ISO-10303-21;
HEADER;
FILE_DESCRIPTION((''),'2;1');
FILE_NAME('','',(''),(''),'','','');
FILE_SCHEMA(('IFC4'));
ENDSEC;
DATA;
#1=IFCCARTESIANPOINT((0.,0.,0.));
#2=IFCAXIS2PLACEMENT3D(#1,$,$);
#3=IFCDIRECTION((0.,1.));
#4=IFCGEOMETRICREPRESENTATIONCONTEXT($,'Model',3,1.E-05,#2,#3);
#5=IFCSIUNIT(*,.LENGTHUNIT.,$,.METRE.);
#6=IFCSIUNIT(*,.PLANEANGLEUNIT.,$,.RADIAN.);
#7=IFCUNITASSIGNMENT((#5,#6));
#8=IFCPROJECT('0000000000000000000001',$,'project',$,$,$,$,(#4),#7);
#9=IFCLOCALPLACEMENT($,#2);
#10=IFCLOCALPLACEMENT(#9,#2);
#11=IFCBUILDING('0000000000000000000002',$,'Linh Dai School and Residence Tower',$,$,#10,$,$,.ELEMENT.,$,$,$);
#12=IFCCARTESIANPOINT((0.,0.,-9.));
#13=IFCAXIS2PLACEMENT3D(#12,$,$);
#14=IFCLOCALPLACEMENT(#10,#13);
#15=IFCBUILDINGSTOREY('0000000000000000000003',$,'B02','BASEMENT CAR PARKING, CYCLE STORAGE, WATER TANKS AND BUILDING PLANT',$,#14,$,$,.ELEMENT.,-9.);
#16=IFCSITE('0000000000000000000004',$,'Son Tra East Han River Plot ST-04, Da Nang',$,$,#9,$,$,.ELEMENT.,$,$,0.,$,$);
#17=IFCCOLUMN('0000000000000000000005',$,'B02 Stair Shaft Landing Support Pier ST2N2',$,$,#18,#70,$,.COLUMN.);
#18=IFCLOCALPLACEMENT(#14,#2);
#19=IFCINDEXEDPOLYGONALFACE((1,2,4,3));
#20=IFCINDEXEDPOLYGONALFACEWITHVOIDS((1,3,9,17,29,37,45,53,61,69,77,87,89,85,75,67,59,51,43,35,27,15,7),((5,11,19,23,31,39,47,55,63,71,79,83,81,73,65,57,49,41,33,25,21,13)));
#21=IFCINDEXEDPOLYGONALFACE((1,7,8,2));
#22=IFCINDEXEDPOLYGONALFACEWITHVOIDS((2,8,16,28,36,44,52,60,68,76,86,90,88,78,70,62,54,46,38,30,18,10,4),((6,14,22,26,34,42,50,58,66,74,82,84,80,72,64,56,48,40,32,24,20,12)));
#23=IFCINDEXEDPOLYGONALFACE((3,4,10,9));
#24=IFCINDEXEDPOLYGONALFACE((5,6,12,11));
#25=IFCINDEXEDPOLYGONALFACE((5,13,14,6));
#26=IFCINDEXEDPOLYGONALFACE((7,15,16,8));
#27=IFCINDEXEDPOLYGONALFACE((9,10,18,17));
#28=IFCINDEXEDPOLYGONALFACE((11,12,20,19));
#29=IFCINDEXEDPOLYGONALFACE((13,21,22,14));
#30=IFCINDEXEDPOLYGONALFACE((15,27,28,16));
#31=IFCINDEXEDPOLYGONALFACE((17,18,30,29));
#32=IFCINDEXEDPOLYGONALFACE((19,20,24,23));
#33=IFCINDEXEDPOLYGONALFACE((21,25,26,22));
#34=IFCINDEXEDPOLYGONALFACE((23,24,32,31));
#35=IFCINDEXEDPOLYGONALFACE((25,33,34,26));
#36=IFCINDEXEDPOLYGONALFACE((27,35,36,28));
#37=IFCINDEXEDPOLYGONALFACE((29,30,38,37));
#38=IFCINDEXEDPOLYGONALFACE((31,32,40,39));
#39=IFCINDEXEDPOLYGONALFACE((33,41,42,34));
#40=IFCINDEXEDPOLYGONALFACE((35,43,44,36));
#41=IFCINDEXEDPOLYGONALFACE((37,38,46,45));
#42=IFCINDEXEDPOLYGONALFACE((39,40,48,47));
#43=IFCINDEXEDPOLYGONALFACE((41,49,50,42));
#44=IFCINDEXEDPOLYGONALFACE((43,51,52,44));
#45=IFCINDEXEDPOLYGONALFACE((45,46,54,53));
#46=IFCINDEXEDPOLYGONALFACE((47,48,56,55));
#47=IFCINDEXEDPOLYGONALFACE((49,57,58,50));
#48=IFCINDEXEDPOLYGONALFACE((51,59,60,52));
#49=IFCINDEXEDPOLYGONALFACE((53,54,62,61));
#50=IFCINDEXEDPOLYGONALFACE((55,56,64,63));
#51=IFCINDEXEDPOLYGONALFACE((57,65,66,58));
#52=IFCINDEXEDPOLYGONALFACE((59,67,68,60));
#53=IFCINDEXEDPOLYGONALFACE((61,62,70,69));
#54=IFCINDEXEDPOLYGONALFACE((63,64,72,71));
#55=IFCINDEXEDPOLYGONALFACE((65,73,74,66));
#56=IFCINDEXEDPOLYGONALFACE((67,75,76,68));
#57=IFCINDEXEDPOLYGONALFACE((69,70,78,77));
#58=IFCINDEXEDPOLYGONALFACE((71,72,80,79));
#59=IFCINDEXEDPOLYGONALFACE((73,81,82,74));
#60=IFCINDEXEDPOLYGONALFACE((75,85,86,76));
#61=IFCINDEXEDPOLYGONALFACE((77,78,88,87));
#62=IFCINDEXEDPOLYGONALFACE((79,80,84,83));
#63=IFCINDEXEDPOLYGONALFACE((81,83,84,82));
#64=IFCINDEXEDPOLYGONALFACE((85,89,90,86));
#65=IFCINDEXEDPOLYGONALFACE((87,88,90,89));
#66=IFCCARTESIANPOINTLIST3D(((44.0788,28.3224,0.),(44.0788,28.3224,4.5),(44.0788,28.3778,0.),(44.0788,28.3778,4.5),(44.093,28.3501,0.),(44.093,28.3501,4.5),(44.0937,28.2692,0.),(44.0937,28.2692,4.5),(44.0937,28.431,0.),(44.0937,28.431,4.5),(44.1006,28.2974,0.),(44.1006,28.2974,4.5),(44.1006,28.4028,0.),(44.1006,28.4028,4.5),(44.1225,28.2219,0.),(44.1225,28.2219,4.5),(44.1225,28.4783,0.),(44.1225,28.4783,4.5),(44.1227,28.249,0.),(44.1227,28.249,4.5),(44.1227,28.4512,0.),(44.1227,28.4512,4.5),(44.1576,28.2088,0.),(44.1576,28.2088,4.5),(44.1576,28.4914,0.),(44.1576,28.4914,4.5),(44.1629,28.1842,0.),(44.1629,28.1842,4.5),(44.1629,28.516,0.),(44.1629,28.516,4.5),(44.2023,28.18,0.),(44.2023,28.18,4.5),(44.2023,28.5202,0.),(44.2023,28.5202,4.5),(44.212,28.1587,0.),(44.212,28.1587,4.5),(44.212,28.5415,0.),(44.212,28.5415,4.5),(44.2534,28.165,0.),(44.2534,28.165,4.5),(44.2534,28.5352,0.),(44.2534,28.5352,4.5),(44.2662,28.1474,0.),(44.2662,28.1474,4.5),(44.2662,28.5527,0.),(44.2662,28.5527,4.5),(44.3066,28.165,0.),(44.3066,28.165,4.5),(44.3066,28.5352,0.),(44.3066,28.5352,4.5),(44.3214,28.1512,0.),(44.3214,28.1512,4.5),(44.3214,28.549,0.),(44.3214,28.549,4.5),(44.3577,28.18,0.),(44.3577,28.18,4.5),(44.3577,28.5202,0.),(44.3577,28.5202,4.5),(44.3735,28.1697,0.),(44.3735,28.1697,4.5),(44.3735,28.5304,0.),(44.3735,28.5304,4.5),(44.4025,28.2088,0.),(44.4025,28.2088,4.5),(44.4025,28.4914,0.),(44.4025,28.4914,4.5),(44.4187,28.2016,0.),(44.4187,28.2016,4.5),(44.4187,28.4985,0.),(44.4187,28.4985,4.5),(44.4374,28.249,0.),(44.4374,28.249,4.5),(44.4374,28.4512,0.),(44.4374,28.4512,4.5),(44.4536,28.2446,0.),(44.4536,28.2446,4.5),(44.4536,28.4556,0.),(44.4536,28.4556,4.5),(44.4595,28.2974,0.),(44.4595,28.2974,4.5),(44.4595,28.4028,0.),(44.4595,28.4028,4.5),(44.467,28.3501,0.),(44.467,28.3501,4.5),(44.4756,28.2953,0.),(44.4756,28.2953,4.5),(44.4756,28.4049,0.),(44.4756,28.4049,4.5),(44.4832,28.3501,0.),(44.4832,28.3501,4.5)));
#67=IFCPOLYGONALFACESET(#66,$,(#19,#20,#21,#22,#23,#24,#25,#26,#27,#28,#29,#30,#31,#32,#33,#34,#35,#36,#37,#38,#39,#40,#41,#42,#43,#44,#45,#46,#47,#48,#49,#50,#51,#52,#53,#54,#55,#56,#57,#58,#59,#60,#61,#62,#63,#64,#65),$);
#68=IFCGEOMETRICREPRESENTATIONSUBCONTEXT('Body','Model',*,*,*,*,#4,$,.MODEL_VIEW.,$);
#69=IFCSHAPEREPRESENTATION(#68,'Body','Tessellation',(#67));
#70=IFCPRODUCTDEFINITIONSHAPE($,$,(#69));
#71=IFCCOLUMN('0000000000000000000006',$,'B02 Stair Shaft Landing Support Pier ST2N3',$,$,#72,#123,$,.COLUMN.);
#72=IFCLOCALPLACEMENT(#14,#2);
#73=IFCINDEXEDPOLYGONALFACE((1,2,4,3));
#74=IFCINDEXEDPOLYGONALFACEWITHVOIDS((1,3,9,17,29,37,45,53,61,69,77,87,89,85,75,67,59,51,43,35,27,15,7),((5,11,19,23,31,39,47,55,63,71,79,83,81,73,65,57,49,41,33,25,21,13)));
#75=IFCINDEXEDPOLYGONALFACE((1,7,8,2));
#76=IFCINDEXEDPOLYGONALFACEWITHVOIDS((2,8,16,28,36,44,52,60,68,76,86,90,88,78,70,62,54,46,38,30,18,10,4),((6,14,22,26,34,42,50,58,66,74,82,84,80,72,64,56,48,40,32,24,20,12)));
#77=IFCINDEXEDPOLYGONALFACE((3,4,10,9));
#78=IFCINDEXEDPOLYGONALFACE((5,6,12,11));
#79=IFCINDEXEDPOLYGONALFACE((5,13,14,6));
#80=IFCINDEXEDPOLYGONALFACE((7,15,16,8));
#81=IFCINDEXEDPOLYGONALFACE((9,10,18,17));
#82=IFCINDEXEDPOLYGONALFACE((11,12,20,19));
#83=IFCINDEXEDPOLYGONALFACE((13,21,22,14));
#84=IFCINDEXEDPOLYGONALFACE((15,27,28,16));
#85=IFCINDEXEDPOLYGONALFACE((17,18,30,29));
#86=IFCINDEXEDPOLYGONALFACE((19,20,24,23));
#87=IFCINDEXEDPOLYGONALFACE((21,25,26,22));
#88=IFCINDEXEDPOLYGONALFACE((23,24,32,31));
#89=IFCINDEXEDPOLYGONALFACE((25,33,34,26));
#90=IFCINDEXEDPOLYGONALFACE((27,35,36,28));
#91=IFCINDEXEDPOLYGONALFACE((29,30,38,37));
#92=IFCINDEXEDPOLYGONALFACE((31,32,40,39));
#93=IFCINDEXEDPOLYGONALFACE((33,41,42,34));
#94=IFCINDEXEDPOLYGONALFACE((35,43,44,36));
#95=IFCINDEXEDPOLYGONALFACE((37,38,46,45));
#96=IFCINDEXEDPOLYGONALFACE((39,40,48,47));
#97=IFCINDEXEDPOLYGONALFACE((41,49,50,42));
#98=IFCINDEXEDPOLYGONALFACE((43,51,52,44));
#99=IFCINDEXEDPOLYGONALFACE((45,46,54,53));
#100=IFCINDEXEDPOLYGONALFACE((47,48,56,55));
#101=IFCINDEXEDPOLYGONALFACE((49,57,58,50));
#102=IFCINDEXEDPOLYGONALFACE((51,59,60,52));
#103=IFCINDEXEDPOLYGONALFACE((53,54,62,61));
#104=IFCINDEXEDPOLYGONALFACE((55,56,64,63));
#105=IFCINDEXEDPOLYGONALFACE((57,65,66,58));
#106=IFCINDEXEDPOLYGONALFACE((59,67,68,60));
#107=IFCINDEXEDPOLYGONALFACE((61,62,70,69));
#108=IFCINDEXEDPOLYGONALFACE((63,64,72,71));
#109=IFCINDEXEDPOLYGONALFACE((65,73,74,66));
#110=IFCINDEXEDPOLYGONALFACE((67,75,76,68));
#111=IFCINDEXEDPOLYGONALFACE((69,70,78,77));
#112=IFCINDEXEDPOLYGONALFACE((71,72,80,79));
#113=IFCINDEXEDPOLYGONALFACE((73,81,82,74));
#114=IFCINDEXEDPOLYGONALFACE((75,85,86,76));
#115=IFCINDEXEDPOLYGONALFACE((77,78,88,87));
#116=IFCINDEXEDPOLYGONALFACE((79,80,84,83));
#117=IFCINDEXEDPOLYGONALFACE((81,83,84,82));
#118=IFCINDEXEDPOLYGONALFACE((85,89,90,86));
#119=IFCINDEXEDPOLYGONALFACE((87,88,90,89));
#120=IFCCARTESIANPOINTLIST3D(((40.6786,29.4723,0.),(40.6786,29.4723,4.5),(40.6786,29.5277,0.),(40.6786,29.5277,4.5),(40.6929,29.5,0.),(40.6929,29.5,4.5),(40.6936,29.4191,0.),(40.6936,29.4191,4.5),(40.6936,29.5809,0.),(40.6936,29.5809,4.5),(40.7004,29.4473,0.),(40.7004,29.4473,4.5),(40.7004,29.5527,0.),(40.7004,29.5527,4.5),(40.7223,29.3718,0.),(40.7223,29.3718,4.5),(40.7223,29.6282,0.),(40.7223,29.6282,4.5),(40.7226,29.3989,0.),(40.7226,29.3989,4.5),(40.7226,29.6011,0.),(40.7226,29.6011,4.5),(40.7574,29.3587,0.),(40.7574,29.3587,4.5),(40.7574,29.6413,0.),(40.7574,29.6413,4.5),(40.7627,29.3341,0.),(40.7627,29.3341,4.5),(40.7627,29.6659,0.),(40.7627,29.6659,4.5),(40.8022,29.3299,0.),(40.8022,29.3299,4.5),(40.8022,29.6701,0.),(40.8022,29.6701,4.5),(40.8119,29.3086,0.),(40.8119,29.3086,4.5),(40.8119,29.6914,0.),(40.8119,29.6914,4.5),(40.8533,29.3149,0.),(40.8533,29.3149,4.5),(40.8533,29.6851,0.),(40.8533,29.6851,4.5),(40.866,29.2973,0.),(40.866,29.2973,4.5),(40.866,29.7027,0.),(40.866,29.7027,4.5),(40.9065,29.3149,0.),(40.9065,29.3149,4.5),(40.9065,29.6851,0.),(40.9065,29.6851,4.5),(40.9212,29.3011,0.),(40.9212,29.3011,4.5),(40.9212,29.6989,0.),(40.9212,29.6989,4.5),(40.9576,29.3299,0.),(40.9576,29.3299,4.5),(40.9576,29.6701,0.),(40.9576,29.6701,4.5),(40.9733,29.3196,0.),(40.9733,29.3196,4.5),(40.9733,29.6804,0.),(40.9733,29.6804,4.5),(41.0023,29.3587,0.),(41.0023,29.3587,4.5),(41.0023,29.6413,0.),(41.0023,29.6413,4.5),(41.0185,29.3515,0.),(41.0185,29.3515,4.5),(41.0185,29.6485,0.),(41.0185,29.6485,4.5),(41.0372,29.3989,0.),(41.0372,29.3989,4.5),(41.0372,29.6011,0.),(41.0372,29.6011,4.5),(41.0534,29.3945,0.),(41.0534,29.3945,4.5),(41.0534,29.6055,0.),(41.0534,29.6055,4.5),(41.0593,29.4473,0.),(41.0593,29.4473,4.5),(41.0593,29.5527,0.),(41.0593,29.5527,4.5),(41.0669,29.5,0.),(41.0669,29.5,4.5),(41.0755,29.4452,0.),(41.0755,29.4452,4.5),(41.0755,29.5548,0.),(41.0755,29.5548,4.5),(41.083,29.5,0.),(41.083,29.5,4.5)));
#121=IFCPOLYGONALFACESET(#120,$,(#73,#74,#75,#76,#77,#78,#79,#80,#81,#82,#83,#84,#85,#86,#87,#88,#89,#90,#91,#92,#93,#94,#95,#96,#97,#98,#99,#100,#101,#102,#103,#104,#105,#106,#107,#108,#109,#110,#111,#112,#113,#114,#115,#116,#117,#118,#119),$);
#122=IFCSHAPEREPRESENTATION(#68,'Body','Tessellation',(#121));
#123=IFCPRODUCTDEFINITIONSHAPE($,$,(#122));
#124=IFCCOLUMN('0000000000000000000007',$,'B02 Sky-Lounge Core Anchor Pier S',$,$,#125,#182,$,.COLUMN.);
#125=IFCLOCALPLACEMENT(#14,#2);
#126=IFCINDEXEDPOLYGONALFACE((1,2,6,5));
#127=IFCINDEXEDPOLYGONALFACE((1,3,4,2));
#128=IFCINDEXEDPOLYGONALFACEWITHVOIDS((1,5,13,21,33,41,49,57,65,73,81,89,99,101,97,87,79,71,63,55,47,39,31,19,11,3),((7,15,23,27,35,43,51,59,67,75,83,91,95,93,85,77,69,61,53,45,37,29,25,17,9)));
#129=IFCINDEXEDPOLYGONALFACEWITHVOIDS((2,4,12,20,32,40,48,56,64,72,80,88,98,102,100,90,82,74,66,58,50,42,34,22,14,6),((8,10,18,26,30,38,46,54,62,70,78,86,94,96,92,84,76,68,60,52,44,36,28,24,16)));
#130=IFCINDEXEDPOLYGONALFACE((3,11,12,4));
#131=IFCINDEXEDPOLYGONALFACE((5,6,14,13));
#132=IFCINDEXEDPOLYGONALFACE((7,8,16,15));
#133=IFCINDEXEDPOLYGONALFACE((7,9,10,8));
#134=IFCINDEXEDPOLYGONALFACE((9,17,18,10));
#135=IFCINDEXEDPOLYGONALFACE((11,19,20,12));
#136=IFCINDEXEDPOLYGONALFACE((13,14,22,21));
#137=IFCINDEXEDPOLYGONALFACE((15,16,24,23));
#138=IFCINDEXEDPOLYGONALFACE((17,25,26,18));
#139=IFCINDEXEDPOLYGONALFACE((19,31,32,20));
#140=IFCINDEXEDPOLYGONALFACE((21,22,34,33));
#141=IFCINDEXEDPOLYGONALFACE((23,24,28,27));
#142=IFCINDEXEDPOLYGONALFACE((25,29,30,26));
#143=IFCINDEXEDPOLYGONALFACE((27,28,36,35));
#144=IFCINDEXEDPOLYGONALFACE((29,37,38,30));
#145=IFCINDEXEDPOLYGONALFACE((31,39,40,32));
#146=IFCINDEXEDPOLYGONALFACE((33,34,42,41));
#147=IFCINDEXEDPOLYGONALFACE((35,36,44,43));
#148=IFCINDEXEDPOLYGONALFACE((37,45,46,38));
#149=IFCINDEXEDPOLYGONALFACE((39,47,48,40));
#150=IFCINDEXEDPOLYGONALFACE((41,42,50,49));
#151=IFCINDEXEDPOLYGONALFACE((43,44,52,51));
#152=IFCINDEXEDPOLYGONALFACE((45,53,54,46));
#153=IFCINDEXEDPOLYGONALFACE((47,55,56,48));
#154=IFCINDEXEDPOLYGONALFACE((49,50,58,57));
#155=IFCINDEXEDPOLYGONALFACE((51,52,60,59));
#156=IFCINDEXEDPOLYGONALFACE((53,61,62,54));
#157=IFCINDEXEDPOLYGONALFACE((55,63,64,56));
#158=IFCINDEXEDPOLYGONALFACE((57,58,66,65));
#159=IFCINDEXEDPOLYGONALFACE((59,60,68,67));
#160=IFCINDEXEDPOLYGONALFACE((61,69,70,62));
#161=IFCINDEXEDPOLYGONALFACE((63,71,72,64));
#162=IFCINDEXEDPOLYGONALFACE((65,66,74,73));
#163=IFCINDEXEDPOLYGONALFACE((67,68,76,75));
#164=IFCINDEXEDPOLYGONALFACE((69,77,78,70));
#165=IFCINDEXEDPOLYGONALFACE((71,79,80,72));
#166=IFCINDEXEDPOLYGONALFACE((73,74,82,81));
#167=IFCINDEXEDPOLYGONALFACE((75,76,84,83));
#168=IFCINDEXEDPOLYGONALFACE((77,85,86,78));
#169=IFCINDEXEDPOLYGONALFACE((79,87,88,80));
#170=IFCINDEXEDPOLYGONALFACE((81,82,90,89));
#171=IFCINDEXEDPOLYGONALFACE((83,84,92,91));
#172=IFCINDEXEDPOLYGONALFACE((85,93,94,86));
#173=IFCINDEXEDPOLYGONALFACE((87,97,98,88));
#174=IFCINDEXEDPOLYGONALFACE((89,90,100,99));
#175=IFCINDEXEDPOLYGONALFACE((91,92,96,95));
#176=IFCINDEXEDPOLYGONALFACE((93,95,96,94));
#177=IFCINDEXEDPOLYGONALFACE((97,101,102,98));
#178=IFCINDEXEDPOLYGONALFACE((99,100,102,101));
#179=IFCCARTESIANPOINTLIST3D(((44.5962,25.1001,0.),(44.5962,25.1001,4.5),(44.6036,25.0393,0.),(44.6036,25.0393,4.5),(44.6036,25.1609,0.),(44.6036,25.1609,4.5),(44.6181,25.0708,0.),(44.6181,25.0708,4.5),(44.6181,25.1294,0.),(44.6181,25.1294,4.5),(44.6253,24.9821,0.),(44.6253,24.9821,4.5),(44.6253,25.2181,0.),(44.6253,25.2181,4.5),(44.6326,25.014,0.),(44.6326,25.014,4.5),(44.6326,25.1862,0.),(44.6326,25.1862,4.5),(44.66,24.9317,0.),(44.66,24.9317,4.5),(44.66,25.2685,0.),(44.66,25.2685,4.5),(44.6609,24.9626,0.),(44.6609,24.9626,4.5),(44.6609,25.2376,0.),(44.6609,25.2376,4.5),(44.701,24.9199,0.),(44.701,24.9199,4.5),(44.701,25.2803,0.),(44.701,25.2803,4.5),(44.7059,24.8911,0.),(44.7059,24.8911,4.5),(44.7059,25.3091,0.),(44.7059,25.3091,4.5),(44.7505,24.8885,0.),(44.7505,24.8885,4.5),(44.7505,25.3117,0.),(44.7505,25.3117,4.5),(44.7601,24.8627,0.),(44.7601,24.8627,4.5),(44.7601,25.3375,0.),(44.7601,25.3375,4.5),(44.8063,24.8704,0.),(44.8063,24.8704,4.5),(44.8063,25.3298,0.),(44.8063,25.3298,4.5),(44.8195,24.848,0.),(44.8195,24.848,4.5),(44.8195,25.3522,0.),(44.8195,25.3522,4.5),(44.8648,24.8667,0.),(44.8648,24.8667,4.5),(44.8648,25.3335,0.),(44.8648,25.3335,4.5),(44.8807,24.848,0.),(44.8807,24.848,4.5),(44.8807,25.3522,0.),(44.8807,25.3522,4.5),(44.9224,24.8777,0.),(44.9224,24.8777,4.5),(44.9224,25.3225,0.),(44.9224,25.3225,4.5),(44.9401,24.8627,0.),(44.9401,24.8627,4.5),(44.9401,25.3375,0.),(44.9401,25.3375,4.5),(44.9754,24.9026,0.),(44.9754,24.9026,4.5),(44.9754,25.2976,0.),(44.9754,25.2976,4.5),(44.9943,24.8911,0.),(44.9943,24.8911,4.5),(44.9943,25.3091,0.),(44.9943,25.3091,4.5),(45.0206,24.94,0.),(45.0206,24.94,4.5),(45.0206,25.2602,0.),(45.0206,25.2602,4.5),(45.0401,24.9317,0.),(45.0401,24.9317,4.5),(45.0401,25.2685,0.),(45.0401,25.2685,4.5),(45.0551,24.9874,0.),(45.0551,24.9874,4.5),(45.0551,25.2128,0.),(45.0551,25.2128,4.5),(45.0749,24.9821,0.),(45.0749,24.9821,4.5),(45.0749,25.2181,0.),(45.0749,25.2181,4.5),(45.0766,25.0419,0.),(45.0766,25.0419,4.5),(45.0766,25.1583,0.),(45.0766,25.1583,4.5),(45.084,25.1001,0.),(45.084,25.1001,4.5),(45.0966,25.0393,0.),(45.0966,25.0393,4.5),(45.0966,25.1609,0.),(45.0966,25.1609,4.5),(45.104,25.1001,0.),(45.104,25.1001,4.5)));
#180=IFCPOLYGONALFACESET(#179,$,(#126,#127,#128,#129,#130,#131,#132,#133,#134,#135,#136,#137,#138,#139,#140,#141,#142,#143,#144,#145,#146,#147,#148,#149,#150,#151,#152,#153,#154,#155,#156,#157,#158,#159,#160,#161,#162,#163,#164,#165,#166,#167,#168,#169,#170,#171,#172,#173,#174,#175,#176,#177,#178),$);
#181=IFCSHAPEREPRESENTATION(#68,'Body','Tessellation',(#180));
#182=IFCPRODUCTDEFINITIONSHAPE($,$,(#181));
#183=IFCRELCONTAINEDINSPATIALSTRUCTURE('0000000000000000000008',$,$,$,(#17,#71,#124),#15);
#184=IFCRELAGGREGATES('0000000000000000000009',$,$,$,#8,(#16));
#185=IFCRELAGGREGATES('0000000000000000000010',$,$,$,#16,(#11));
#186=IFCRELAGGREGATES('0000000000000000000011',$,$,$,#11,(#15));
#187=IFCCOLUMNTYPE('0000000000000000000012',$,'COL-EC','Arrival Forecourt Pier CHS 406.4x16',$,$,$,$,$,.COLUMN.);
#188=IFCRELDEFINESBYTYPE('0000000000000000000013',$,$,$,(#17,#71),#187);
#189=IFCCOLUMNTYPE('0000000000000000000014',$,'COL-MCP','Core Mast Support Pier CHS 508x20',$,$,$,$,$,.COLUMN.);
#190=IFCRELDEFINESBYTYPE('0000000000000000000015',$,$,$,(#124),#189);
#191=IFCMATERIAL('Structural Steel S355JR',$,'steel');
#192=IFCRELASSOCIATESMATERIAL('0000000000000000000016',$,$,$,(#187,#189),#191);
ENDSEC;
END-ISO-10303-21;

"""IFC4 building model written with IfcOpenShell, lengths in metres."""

from ifc_helpers import new_model, si_unit, direction, frame, origin, origin_2d, place, context, subcontext, project, spatial, hollow_circle, extrude, material, material_profile, profile_set, type_object, element, save


model = new_model("IFC4")

# Units and contexts
model_context = context("Model", 3, precision=1e-05, world=origin(), true_north=direction((0.0, 1.0)))
body_context = subcontext(model_context, "Body", "Model", "MODEL_VIEW")
ifc_project = project(units=[si_unit("LENGTHUNIT", "METRE"), si_unit("PLANEANGLEUNIT", "RADIAN")], contexts=[model_context])

# Site, building, storey
site_placement = place(None, origin())
site = spatial("IfcSite", under=ifc_project, at=site_placement, Name="Son Tra East Han River Plot ST-04, Da Nang", CompositionType="ELEMENT", RefElevation=0.0)
building_placement = place(site_placement, origin())
building = spatial("IfcBuilding", under=site, at=building_placement, Name="Linh Dai School and Residence Tower", CompositionType="ELEMENT")
storey_placement = place(building_placement, frame((0.0, 0.0, -9.0)))
storey = spatial("IfcBuildingStorey", under=building, at=storey_placement, Name="B02", Description="BASEMENT CAR PARKING, CYCLE STORAGE, WATER TANKS AND BUILDING PLANT", CompositionType="ELEMENT", Elevation=-9.0)

# Columns
ifc_material_1 = material(Name="Structural Steel S355JR", Category="steel")
ifc_material_profile_1 = material_profile(ifc_material_1, hollow_circle(Radius=0.2031, WallThickness=0.0161, at=origin_2d()), Name="CHS 406.4x16")
ifc_profile_set_1 = profile_set([ifc_material_profile_1], Name="Structural Steel S355JR")
column_type_1 = type_object("IfcColumnType", Name="COL-EC", Description="Arrival Forecourt Pier CHS 406.4x16", PredefinedType="COLUMN", material=ifc_profile_set_1)
for number, where, z_axis, x_axis, name in (
    (1, (44.28, 28.3501, 0.0), (0.0, 0.0, 1.0), (1.0, 0.0, 0.0), "B02 Stair Shaft Landing Support Pier ST2N2"),
    (2, (40.8799, 29.5, 0.0), (0.0, 0.0, 1.0), (1.0, 0.0, 0.0), "B02 Stair Shaft Landing Support Pier ST2N3"),
):
    element("IfcColumn", number, at=place(storey_placement, frame(where, z_axis=z_axis, x_axis=x_axis)), inside=storey, type_object=column_type_1, Name=name, PredefinedType="COLUMN", context=body_context, shape_type="SweptSolid", body=[
        extrude(hollow_circle(Radius=0.2031, WallThickness=0.0161, at=origin_2d()), origin(), (0.0, 0.0, 1.0), 4.5),
    ])
ifc_material_profile_2 = material_profile(ifc_material_1, hollow_circle(Radius=0.2539, WallThickness=0.02, at=origin_2d()), Name="CHS 508x20")
ifc_profile_set_2 = profile_set([ifc_material_profile_2], Name="Structural Steel S355JR")
column_type_2 = type_object("IfcColumnType", Name="COL-MCP", Description="Core Mast Support Pier CHS 508x20", PredefinedType="COLUMN", material=ifc_profile_set_2)
for number, where, z_axis, x_axis, name in (
    (3, (44.8501, 25.1001, 0.0), (0.0, 0.0, 1.0), (1.0, 0.0, 0.0), "B02 Sky-Lounge Core Anchor Pier S"),
):
    element("IfcColumn", number, at=place(storey_placement, frame(where, z_axis=z_axis, x_axis=x_axis)), inside=storey, type_object=column_type_2, Name=name, PredefinedType="COLUMN", context=body_context, shape_type="SweptSolid", body=[
        extrude(hollow_circle(Radius=0.2539, WallThickness=0.02, at=origin_2d()), origin(), (0.0, 0.0, 1.0), 4.5),
    ])

save(model, "model.ifc")
